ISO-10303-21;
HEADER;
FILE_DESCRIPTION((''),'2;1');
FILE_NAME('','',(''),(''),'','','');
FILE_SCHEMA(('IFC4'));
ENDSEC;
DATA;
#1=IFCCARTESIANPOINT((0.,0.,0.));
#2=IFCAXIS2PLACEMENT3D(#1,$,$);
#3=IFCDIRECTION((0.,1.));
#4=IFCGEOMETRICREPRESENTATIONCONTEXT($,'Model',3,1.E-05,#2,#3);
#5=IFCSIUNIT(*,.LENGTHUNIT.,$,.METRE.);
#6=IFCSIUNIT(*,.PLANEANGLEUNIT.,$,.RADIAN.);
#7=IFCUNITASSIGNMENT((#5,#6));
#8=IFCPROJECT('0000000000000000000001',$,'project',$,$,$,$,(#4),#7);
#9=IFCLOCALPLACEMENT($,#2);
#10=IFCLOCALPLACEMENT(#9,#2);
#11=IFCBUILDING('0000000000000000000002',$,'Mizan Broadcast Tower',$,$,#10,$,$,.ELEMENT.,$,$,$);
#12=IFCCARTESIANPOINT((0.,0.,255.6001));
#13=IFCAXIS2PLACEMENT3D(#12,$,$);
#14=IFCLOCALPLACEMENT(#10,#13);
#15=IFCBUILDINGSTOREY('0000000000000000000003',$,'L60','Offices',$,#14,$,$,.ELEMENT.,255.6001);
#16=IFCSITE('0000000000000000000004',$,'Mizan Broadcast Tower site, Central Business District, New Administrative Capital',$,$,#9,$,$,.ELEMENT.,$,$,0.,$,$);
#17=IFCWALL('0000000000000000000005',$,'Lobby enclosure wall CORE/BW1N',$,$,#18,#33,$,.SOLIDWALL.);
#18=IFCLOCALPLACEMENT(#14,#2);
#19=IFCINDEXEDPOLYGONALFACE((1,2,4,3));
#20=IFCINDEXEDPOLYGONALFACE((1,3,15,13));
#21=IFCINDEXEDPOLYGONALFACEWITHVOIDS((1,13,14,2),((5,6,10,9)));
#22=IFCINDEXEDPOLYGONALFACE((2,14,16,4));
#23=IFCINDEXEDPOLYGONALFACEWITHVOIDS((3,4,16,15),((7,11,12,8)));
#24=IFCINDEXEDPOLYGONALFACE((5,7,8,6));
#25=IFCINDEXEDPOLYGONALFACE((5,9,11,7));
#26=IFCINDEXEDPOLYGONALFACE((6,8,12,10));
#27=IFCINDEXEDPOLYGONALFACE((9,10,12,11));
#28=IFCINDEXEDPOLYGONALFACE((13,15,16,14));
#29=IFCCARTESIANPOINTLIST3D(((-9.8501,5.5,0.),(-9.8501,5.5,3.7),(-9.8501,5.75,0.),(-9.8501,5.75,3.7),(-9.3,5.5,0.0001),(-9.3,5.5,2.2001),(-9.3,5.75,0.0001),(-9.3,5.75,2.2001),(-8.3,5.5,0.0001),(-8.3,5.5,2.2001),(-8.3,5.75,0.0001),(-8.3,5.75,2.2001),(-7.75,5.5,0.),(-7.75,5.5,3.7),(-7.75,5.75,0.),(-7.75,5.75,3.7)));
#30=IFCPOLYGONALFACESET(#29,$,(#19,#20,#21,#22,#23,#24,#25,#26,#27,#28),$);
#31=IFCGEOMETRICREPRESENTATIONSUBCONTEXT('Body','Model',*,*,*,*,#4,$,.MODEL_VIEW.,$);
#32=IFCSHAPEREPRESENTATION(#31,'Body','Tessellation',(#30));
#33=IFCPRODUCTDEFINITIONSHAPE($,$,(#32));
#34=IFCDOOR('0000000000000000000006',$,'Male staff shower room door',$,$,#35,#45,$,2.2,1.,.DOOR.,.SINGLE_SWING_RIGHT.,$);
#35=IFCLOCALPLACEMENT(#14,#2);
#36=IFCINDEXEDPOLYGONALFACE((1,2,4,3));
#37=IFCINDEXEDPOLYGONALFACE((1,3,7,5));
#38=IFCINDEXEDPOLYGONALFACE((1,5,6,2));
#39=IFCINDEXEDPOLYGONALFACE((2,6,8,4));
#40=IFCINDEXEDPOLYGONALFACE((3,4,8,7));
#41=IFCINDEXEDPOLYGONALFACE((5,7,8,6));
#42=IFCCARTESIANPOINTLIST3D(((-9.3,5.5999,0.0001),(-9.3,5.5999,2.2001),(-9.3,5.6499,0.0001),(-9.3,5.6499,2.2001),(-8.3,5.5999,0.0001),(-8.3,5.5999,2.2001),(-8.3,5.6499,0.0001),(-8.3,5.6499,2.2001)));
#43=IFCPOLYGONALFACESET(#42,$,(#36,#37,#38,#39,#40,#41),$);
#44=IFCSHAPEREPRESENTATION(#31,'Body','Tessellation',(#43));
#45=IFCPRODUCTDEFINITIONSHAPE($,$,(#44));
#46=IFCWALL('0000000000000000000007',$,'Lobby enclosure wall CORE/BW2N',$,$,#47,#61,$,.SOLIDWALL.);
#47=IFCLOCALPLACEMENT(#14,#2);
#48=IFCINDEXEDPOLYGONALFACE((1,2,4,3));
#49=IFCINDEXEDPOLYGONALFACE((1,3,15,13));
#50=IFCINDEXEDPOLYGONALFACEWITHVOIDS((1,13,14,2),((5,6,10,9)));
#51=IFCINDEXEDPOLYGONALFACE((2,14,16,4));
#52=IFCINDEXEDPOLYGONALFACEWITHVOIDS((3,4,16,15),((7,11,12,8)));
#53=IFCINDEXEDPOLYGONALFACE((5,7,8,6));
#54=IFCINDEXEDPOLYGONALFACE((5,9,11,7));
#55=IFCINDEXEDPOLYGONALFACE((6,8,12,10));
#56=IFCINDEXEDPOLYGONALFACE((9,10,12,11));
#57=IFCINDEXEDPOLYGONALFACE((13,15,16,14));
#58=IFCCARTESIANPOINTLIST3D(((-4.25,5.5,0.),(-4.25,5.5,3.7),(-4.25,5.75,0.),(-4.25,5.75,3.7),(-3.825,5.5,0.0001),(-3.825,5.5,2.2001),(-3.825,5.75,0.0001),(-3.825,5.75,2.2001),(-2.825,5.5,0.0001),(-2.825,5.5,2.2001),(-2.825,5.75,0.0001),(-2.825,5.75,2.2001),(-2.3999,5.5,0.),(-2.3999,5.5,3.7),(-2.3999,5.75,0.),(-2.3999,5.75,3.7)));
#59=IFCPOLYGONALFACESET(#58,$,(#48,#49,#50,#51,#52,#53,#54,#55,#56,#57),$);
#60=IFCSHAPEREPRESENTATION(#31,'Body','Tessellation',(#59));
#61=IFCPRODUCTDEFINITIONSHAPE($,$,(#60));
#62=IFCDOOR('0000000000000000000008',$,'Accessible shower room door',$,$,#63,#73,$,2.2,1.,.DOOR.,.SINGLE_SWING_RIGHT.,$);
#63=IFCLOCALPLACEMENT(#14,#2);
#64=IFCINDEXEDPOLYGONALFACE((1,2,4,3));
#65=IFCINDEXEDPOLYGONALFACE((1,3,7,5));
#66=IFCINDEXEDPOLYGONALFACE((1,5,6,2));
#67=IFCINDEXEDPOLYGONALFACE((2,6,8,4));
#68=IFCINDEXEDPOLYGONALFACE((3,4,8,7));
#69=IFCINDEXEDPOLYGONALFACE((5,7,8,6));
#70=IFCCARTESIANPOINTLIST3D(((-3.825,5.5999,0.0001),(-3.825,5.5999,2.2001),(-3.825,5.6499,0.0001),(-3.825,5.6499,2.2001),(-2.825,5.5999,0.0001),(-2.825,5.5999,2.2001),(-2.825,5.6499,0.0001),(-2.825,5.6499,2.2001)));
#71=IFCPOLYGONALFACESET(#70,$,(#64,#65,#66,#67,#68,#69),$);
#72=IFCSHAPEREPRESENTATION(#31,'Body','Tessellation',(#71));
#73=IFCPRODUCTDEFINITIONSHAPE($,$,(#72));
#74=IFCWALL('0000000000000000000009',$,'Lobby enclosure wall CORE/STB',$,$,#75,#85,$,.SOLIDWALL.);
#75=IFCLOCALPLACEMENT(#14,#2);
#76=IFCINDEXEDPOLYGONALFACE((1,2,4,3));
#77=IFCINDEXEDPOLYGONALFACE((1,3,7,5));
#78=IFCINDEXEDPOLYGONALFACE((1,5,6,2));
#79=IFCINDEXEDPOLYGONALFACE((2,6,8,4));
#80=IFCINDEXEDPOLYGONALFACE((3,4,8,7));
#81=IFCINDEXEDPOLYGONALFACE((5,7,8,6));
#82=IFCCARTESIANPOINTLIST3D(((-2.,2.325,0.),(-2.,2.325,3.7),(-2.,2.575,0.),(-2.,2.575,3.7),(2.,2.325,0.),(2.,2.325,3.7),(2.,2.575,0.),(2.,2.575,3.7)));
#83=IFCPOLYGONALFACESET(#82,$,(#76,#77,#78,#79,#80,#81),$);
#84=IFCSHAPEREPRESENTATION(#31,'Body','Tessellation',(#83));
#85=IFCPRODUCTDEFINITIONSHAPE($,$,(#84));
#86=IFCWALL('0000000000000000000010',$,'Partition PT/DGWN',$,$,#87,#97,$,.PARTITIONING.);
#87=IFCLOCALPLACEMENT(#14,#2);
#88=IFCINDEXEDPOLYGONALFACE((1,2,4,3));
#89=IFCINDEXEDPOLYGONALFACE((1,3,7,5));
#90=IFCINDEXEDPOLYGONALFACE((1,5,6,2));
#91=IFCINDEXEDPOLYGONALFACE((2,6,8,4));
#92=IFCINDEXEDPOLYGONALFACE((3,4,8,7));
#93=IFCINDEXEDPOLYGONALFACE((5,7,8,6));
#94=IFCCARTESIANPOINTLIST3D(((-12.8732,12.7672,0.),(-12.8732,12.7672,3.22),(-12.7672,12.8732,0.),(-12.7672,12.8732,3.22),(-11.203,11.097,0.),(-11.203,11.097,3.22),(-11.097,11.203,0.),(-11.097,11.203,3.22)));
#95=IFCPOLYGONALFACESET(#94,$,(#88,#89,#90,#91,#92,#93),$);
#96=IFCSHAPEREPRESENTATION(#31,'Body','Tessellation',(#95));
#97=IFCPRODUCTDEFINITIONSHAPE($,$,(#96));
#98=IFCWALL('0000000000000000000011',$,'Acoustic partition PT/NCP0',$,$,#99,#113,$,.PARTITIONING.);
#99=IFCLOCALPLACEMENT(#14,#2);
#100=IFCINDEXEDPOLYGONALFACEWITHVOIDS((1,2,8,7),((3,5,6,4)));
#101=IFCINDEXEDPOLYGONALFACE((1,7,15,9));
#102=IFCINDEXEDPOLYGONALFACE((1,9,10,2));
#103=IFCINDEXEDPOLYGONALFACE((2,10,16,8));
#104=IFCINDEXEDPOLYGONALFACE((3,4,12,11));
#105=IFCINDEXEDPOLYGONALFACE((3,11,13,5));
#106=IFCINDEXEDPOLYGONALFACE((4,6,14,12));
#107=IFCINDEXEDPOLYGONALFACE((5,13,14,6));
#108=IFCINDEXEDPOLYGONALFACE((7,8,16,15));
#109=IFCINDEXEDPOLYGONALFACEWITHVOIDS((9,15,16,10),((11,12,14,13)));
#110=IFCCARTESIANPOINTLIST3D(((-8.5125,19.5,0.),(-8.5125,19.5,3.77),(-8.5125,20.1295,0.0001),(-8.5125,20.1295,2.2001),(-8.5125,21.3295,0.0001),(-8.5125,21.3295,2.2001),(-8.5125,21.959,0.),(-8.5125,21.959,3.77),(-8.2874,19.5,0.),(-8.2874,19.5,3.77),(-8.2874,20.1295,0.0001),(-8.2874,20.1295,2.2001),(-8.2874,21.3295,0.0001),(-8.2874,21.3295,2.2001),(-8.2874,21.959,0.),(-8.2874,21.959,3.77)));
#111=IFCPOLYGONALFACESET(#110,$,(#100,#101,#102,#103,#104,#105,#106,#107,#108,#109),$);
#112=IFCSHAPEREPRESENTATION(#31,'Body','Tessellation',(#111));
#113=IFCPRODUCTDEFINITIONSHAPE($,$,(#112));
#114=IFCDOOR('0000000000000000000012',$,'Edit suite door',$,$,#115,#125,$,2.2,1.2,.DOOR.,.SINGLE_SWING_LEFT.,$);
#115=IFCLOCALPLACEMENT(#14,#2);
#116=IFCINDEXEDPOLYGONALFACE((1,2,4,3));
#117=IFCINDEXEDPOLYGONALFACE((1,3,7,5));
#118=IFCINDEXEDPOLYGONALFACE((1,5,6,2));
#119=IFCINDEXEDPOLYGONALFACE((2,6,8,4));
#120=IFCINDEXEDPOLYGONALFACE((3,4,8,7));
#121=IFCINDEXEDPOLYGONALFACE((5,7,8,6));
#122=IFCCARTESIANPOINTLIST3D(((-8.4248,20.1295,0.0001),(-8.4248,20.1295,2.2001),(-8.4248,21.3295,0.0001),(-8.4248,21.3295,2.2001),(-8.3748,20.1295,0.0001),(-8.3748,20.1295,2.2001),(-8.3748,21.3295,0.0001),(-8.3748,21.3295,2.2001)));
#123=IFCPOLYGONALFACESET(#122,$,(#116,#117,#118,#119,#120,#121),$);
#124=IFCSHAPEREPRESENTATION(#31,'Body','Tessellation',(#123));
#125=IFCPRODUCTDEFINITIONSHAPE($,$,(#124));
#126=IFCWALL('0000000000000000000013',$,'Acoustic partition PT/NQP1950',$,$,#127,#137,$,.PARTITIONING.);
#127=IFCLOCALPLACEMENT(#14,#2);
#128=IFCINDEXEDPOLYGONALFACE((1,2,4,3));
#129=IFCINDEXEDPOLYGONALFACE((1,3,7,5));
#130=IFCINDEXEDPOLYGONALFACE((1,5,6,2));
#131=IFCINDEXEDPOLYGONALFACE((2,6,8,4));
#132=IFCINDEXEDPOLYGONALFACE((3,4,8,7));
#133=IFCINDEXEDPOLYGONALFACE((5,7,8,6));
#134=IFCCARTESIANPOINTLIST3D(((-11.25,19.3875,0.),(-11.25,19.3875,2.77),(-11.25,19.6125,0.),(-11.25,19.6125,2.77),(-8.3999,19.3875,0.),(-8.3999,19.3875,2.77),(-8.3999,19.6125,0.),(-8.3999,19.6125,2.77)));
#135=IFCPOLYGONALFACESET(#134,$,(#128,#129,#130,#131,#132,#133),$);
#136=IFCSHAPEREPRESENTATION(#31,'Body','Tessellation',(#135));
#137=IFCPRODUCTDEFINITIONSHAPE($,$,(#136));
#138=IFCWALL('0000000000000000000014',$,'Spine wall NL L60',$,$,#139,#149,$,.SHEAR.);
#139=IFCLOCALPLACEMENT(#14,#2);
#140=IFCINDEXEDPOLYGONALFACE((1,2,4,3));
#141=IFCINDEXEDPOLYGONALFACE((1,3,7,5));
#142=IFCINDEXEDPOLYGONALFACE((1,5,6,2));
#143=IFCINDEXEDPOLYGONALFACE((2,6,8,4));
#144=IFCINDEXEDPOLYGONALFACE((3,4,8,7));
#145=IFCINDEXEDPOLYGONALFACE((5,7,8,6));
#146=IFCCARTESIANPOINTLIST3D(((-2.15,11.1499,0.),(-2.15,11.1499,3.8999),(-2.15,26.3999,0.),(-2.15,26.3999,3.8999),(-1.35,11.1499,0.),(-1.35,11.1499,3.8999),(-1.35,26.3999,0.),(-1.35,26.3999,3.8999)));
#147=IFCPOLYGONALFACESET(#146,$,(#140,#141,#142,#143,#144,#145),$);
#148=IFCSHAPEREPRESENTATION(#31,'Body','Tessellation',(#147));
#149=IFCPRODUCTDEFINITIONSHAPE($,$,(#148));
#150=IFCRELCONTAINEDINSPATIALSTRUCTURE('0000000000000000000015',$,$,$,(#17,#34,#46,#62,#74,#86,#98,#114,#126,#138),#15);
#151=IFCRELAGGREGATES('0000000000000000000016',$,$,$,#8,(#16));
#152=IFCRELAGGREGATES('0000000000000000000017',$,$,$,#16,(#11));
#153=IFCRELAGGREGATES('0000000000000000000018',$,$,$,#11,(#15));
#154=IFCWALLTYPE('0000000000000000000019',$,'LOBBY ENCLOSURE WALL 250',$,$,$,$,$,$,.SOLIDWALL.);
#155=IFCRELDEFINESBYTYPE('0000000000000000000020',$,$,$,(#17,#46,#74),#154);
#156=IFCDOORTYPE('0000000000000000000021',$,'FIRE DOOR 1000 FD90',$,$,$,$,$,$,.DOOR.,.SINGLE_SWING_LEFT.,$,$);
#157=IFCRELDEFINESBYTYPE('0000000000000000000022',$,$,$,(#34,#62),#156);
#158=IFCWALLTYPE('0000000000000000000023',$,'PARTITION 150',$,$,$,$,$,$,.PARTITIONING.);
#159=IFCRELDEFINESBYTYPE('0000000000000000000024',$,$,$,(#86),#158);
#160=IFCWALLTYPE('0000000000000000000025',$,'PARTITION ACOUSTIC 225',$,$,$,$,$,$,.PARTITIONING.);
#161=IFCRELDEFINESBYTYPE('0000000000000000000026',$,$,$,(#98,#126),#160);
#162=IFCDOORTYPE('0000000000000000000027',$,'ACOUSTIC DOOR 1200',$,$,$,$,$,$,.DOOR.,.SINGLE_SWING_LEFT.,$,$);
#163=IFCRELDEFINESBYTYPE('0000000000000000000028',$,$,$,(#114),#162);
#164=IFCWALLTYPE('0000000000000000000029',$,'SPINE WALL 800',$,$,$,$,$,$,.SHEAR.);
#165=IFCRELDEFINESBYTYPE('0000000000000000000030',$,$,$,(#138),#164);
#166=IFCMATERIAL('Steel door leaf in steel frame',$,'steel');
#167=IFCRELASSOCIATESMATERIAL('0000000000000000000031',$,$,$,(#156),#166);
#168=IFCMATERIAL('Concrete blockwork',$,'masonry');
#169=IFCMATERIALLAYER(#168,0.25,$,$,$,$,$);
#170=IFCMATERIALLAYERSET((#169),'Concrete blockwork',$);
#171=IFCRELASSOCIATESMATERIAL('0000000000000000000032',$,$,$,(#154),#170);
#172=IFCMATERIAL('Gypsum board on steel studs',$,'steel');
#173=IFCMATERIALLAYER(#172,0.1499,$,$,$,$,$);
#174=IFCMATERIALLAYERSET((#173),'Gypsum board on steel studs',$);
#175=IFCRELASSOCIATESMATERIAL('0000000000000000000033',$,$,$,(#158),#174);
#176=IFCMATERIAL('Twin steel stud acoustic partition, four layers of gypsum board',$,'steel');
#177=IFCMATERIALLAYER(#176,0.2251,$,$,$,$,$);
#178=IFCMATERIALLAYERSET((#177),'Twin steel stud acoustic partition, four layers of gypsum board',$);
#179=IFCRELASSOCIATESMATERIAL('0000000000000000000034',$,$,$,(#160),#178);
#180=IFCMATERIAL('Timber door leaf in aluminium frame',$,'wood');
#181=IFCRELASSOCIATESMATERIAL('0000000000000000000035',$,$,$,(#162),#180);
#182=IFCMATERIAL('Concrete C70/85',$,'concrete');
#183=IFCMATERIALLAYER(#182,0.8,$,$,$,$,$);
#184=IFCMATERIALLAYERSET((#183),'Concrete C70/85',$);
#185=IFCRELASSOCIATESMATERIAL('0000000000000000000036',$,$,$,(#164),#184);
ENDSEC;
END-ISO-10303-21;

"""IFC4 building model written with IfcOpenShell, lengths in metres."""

from ifc_helpers import new_model, si_unit, direction, frame, frame_2d, origin, place, context, subcontext, project, spatial, rectangle, extrude, material, layer, layer_set, type_object, element, fill, save


model = new_model("IFC4")

# Units and contexts
model_context = context("Model", 3, precision=1e-05, world=origin(), true_north=direction((0.0, 1.0)))
body_context = subcontext(model_context, "Body", "Model", "MODEL_VIEW")
ifc_project = project(units=[si_unit("LENGTHUNIT", "METRE"), si_unit("PLANEANGLEUNIT", "RADIAN")], contexts=[model_context])

# Site, building, storey
site_placement = place(None, origin())
site = spatial("IfcSite", under=ifc_project, at=site_placement, Name="Mizan Broadcast Tower site, Central Business District, New Administrative Capital", CompositionType="ELEMENT", RefElevation=0.0)
building_placement = place(site_placement, origin())
building = spatial("IfcBuilding", under=site, at=building_placement, Name="Mizan Broadcast Tower", CompositionType="ELEMENT")
storey_placement = place(building_placement, frame((0.0, 0.0, 255.6001)))
storey = spatial("IfcBuildingStorey", under=building, at=storey_placement, Name="L60", Description="Offices", CompositionType="ELEMENT", Elevation=255.6001)

# Shared definitions
ifc_material_1 = material(Name="Steel door leaf in steel frame", Category="steel")
door_type_1 = type_object("IfcDoorType", Name="FIRE DOOR 1000 FD90", OperationType="SINGLE_SWING_LEFT", PredefinedType="DOOR", material=ifc_material_1)

# Walls, openings, doors
ifc_material_2 = material(Name="Concrete blockwork", Category="masonry")
ifc_layer_1 = layer(ifc_material_2, 0.25)
ifc_layer_set_1 = layer_set([ifc_layer_1], Name="Concrete blockwork")
wall_type_1 = type_object("IfcWallType", Name="LOBBY ENCLOSURE WALL 250", PredefinedType="SOLIDWALL", material=ifc_layer_set_1)
wall_1_placement = place(storey_placement, frame((-9.8501, 5.625, 0.0), z_axis=(0.0, 0.0, 1.0), x_axis=(1.0, 0.0, 0.0)))
wall_1 = element("IfcWall", 1, at=wall_1_placement, inside=storey, type_object=wall_type_1, Name="Lobby enclosure wall CORE/BW1N", PredefinedType="SOLIDWALL", context=body_context, shape_type="SweptSolid", body=[
    extrude(rectangle(XDim=2.1001, YDim=0.25, at=frame_2d((1.05, 0.0))), origin(), (0.0, 0.0, 1.0), 3.7),
])
opening_1_placement = place(wall_1_placement, frame((0.55, 0.0, 0.0)))
opening_1 = element("IfcOpeningElement", 2, at=opening_1_placement, cuts=wall_1, PredefinedType="OPENING", context=body_context, shape_type="SweptSolid", body=[
    extrude(rectangle(XDim=1.0, YDim=2.2, at=frame_2d((0.5, 1.1001))), frame((0.0, 0.135, 0.0), z_axis=(0.0, -1.0, 0.0), x_axis=(1.0, 0.0, 0.0)), (0.0, 0.0, 1.0), 0.27),
])
door_1_placement = place(opening_1_placement, origin())
door_1 = element("IfcDoor", 3, at=door_1_placement, inside=storey, type_object=door_type_1, Name="Male staff shower room door", OperationType="SINGLE_SWING_RIGHT", OverallHeight=2.2, OverallWidth=1.0, PredefinedType="DOOR", context=body_context, shape_type="SweptSolid", body=[
    extrude(rectangle(XDim=1.0, YDim=2.2, at=frame_2d((0.5, 1.1001))), frame((0.0, 0.0249, 0.0), z_axis=(0.0, -1.0, 0.0), x_axis=(1.0, 0.0, 0.0)), (0.0, 0.0, 1.0), 0.05),
])
fill(opening_1, door_1)
wall_2_placement = place(storey_placement, frame((-4.25, 5.625, 0.0), z_axis=(0.0, 0.0, 1.0), x_axis=(1.0, 0.0, 0.0)))
wall_2 = element("IfcWall", 4, at=wall_2_placement, inside=storey, type_object=wall_type_1, Name="Lobby enclosure wall CORE/BW2N", PredefinedType="SOLIDWALL", context=body_context, shape_type="SweptSolid", body=[
    extrude(rectangle(XDim=1.8501, YDim=0.25, at=frame_2d((0.925, 0.0))), origin(), (0.0, 0.0, 1.0), 3.7),
])
opening_2_placement = place(wall_2_placement, frame((0.425, 0.0, 0.0)))
opening_2 = element("IfcOpeningElement", 5, at=opening_2_placement, cuts=wall_2, PredefinedType="OPENING", context=body_context, shape_type="SweptSolid", body=[
    extrude(rectangle(XDim=1.0, YDim=2.2, at=frame_2d((0.5, 1.1001))), frame((0.0, 0.135, 0.0), z_axis=(0.0, -1.0, 0.0), x_axis=(1.0, 0.0, 0.0)), (0.0, 0.0, 1.0), 0.27),
])
door_2_placement = place(opening_2_placement, origin())
door_2 = element("IfcDoor", 6, at=door_2_placement, inside=storey, type_object=door_type_1, Name="Accessible shower room door", OperationType="SINGLE_SWING_RIGHT", OverallHeight=2.2, OverallWidth=1.0, PredefinedType="DOOR", context=body_context, shape_type="SweptSolid", body=[
    extrude(rectangle(XDim=1.0, YDim=2.2, at=frame_2d((0.5, 1.1001))), frame((0.0, 0.0249, 0.0), z_axis=(0.0, -1.0, 0.0), x_axis=(1.0, 0.0, 0.0)), (0.0, 0.0, 1.0), 0.05),
])
fill(opening_2, door_2)

# Walls
wall_3_placement = place(storey_placement, frame((-2.0, 2.45, 0.0), z_axis=(0.0, 0.0, 1.0), x_axis=(1.0, 0.0, 0.0)))
element("IfcWall", 7, at=wall_3_placement, inside=storey, type_object=wall_type_1, Name="Lobby enclosure wall CORE/STB", PredefinedType="SOLIDWALL", context=body_context, shape_type="SweptSolid", body=[
    extrude(rectangle(XDim=4.0, YDim=0.25, at=frame_2d((2.0, 0.0))), origin(), (0.0, 0.0, 1.0), 3.7),
])
ifc_material_3 = material(Name="Gypsum board on steel studs", Category="steel")
ifc_layer_2 = layer(ifc_material_3, 0.1499)
ifc_layer_set_2 = layer_set([ifc_layer_2], Name="Gypsum board on steel studs")
wall_type_2 = type_object("IfcWallType", Name="PARTITION 150", PredefinedType="PARTITIONING", material=ifc_layer_set_2)
wall_4_placement = place(storey_placement, frame((-11.1499, 11.1499, 0.0), z_axis=(0.0, 0.0, 1.0), x_axis=(-0.707107, 0.707107, 0.0)))
element("IfcWall", 8, at=wall_4_placement, inside=storey, type_object=wall_type_2, Name="Partition PT/DGWN", PredefinedType="PARTITIONING", context=body_context, shape_type="SweptSolid", body=[
    extrude(rectangle(XDim=2.3621, YDim=0.1499, at=frame_2d((1.1812, 0.0))), origin(), (0.0, 0.0, 1.0), 3.22),
])

# Wall, opening, door
ifc_material_4 = material(Name="Twin steel stud acoustic partition, four layers of gypsum board", Category="steel")
ifc_layer_3 = layer(ifc_material_4, 0.2251)
ifc_layer_set_3 = layer_set([ifc_layer_3], Name="Twin steel stud acoustic partition, four layers of gypsum board")
wall_type_3 = type_object("IfcWallType", Name="PARTITION ACOUSTIC 225", PredefinedType="PARTITIONING", material=ifc_layer_set_3)
wall_5_placement = place(storey_placement, frame((-8.3999, 19.5, 0.0), z_axis=(0.0, 0.0, 1.0), x_axis=(0.0, 1.0, 0.0)))
wall_5 = element("IfcWall", 9, at=wall_5_placement, inside=storey, type_object=wall_type_3, Name="Acoustic partition PT/NCP0", PredefinedType="PARTITIONING", context=body_context, shape_type="SweptSolid", body=[
    extrude(rectangle(XDim=2.459, YDim=0.2251, at=frame_2d((1.2295, 0.0))), origin(), (0.0, 0.0, 1.0), 3.77),
])
opening_3_placement = place(wall_5_placement, frame((0.6294, 0.0, 0.0)))
opening_3 = element("IfcOpeningElement", 10, at=opening_3_placement, cuts=wall_5, PredefinedType="OPENING", context=body_context, shape_type="SweptSolid", body=[
    extrude(rectangle(XDim=1.2, YDim=2.2, at=frame_2d((0.6001, 1.1001))), frame((0.0, 0.1226, 0.0), z_axis=(0.0, -1.0, 0.0), x_axis=(1.0, 0.0, 0.0)), (0.0, 0.0, 1.0), 0.2451),
])
ifc_material_5 = material(Name="Timber door leaf in aluminium frame", Category="wood")
door_type_2 = type_object("IfcDoorType", Name="ACOUSTIC DOOR 1200", OperationType="SINGLE_SWING_LEFT", PredefinedType="DOOR", material=ifc_material_5)
door_3_placement = place(opening_3_placement, origin())
door_3 = element("IfcDoor", 11, at=door_3_placement, inside=storey, type_object=door_type_2, Name="Edit suite door", OperationType="SINGLE_SWING_LEFT", OverallHeight=2.2, OverallWidth=1.2, PredefinedType="DOOR", context=body_context, shape_type="SweptSolid", body=[
    extrude(rectangle(XDim=1.2, YDim=2.2, at=frame_2d((0.6001, 1.1001))), frame((0.0, 0.0249, 0.0), z_axis=(0.0, -1.0, 0.0), x_axis=(1.0, 0.0, 0.0)), (0.0, 0.0, 1.0), 0.05),
])
fill(opening_3, door_3)

# Walls
wall_6_placement = place(storey_placement, frame((-8.3999, 19.5, 0.0), z_axis=(0.0, 0.0, 1.0), x_axis=(-1.0, 0.0, 0.0)))
element("IfcWall", 12, at=wall_6_placement, inside=storey, type_object=wall_type_3, Name="Acoustic partition PT/NQP1950", PredefinedType="PARTITIONING", context=body_context, shape_type="SweptSolid", body=[
    extrude(rectangle(XDim=2.8501, YDim=0.2251, at=frame_2d((1.425, 0.0))), origin(), (0.0, 0.0, 1.0), 2.77),
])
ifc_material_6 = material(Name="Concrete C70/85", Category="concrete")
ifc_layer_4 = layer(ifc_material_6, 0.8)
ifc_layer_set_4 = layer_set([ifc_layer_4], Name="Concrete C70/85")
wall_type_4 = type_object("IfcWallType", Name="SPINE WALL 800", PredefinedType="SHEAR", material=ifc_layer_set_4)
wall_7_placement = place(storey_placement, frame((-1.75, 11.1499, 0.0), z_axis=(0.0, 0.0, 1.0), x_axis=(0.0, 1.0, 0.0)))
element("IfcWall", 13, at=wall_7_placement, inside=storey, type_object=wall_type_4, Name="Spine wall NL L60", PredefinedType="SHEAR", context=body_context, shape_type="SweptSolid", body=[
    extrude(rectangle(XDim=15.25, YDim=0.8, at=frame_2d((7.625, 0.0))), origin(), (0.0, 0.0, 1.0), 3.8999),
])

save(model, "model.ifc")
